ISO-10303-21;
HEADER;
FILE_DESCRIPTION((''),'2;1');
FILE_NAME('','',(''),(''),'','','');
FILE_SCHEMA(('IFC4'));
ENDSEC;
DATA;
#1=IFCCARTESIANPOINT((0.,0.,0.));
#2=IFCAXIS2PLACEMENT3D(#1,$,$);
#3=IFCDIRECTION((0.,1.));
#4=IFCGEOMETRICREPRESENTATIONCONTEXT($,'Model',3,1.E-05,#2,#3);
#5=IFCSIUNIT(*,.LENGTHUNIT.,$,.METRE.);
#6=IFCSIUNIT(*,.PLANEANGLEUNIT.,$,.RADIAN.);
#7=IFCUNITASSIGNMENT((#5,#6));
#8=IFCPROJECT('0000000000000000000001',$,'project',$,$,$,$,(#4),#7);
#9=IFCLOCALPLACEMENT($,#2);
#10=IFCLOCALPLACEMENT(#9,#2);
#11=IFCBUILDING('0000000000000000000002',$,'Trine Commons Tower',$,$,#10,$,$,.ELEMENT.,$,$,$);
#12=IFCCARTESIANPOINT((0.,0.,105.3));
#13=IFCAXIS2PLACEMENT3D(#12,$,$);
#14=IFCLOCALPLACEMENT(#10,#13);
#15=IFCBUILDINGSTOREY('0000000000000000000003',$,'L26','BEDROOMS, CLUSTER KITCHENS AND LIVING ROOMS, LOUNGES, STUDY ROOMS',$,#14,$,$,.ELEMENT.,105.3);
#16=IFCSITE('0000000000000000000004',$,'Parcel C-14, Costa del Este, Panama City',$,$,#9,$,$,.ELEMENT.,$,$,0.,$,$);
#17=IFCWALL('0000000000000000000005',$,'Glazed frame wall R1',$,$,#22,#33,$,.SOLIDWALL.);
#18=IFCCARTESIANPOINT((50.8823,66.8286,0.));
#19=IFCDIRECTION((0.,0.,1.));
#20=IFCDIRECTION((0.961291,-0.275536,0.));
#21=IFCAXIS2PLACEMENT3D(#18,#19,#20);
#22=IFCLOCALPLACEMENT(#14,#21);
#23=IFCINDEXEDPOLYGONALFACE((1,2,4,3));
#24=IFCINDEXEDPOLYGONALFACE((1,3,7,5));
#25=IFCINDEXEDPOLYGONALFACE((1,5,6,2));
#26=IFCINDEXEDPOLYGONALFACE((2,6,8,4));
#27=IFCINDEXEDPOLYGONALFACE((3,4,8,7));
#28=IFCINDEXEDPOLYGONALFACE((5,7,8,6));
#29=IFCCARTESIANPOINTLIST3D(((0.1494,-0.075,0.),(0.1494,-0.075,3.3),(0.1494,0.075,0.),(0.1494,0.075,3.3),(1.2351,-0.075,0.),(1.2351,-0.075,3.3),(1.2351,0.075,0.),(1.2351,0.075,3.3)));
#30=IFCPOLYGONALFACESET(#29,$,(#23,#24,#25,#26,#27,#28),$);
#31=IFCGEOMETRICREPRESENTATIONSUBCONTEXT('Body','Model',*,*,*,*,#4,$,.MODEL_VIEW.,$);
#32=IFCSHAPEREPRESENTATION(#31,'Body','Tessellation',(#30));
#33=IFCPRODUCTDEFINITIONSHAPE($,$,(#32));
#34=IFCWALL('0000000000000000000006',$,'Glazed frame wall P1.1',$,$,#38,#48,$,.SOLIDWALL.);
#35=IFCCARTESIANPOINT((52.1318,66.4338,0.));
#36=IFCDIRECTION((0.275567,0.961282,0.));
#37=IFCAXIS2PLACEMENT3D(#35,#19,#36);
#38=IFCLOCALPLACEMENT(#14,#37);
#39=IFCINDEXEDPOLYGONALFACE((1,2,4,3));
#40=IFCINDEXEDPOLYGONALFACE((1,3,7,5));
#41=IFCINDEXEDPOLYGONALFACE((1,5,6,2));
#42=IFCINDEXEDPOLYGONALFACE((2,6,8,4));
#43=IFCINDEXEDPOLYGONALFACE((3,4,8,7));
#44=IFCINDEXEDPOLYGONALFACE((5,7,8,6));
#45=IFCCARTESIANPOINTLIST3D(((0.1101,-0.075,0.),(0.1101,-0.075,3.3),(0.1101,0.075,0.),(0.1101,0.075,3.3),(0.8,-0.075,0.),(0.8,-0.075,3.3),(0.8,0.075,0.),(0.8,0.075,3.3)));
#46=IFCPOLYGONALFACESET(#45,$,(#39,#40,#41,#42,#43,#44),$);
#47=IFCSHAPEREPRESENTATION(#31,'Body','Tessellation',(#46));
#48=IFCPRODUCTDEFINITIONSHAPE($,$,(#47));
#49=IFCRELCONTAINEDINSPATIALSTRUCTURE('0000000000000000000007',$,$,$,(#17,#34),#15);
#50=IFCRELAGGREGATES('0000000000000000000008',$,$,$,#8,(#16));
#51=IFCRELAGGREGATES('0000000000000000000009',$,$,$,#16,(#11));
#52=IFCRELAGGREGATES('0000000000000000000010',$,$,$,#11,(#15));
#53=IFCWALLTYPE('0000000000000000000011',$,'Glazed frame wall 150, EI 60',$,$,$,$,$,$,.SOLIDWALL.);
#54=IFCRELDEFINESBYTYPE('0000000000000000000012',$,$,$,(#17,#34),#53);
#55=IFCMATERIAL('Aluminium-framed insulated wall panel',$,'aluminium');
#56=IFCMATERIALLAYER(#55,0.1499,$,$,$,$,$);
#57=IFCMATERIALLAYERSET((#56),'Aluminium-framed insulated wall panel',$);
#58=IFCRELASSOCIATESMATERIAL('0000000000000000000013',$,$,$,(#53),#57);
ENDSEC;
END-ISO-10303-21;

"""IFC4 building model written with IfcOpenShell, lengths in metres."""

from ifc_helpers import new_model, si_unit, direction, frame, origin, place, context, subcontext, project, spatial, polyline, outline, extrude, material, layer, layer_set, type_object, element, save


model = new_model("IFC4")

# Units and contexts
model_context = context("Model", 3, precision=1e-05, world=origin(), true_north=direction((0.0, 1.0)))
body_context = subcontext(model_context, "Body", "Model", "MODEL_VIEW")
ifc_project = project(units=[si_unit("LENGTHUNIT", "METRE"), si_unit("PLANEANGLEUNIT", "RADIAN")], contexts=[model_context])

# Site, building, storey
site_placement = place(None, origin())
site = spatial("IfcSite", under=ifc_project, at=site_placement, Name="Parcel C-14, Costa del Este, Panama City", CompositionType="ELEMENT", RefElevation=0.0)
building_placement = place(site_placement, origin())
building = spatial("IfcBuilding", under=site, at=building_placement, Name="Trine Commons Tower", CompositionType="ELEMENT")
storey_placement = place(building_placement, frame((0.0, 0.0, 105.3)))
storey = spatial("IfcBuildingStorey", under=building, at=storey_placement, Name="L26", Description="BEDROOMS, CLUSTER KITCHENS AND LIVING ROOMS, LOUNGES, STUDY ROOMS", CompositionType="ELEMENT", Elevation=105.3)

# Walls
ifc_material_1 = material(Name="Aluminium-framed insulated wall panel", Category="aluminium")
ifc_layer_1 = layer(ifc_material_1, 0.1499)
ifc_layer_set_1 = layer_set([ifc_layer_1], Name="Aluminium-framed insulated wall panel")
wall_type_1 = type_object("IfcWallType", Name="Glazed frame wall 150, EI 60", PredefinedType="SOLIDWALL", material=ifc_layer_set_1)
wall_1_placement = place(storey_placement, frame((50.8823, 66.8286, 0.0), z_axis=(0.0, 0.0, 1.0), x_axis=(0.961291, -0.275536, 0.0)))
element("IfcWall", 1, at=wall_1_placement, inside=storey, type_object=wall_type_1, Name="Glazed frame wall R1", PredefinedType="SOLIDWALL", context=body_context, shape_type="SweptSolid", body=[
    extrude(outline(polyline([(0.1494, 0.075), (0.1494, -0.075), (1.2351, -0.075), (1.2351, 0.075), (0.1494, 0.075)])), origin(), (0.0, 0.0, 1.0), 3.3),
])
wall_2_placement = place(storey_placement, frame((52.1318, 66.4338, 0.0), z_axis=(0.0, 0.0, 1.0), x_axis=(0.275567, 0.961282, 0.0)))
element("IfcWall", 2, at=wall_2_placement, inside=storey, type_object=wall_type_1, Name="Glazed frame wall P1.1", PredefinedType="SOLIDWALL", context=body_context, shape_type="SweptSolid", body=[
    extrude(outline(polyline([(0.1101, -0.075), (0.8, -0.075), (0.8, 0.075), (0.1101, 0.075), (0.1101, -0.075)])), origin(), (0.0, 0.0, 1.0), 3.3),
])

save(model, "model.ifc")
